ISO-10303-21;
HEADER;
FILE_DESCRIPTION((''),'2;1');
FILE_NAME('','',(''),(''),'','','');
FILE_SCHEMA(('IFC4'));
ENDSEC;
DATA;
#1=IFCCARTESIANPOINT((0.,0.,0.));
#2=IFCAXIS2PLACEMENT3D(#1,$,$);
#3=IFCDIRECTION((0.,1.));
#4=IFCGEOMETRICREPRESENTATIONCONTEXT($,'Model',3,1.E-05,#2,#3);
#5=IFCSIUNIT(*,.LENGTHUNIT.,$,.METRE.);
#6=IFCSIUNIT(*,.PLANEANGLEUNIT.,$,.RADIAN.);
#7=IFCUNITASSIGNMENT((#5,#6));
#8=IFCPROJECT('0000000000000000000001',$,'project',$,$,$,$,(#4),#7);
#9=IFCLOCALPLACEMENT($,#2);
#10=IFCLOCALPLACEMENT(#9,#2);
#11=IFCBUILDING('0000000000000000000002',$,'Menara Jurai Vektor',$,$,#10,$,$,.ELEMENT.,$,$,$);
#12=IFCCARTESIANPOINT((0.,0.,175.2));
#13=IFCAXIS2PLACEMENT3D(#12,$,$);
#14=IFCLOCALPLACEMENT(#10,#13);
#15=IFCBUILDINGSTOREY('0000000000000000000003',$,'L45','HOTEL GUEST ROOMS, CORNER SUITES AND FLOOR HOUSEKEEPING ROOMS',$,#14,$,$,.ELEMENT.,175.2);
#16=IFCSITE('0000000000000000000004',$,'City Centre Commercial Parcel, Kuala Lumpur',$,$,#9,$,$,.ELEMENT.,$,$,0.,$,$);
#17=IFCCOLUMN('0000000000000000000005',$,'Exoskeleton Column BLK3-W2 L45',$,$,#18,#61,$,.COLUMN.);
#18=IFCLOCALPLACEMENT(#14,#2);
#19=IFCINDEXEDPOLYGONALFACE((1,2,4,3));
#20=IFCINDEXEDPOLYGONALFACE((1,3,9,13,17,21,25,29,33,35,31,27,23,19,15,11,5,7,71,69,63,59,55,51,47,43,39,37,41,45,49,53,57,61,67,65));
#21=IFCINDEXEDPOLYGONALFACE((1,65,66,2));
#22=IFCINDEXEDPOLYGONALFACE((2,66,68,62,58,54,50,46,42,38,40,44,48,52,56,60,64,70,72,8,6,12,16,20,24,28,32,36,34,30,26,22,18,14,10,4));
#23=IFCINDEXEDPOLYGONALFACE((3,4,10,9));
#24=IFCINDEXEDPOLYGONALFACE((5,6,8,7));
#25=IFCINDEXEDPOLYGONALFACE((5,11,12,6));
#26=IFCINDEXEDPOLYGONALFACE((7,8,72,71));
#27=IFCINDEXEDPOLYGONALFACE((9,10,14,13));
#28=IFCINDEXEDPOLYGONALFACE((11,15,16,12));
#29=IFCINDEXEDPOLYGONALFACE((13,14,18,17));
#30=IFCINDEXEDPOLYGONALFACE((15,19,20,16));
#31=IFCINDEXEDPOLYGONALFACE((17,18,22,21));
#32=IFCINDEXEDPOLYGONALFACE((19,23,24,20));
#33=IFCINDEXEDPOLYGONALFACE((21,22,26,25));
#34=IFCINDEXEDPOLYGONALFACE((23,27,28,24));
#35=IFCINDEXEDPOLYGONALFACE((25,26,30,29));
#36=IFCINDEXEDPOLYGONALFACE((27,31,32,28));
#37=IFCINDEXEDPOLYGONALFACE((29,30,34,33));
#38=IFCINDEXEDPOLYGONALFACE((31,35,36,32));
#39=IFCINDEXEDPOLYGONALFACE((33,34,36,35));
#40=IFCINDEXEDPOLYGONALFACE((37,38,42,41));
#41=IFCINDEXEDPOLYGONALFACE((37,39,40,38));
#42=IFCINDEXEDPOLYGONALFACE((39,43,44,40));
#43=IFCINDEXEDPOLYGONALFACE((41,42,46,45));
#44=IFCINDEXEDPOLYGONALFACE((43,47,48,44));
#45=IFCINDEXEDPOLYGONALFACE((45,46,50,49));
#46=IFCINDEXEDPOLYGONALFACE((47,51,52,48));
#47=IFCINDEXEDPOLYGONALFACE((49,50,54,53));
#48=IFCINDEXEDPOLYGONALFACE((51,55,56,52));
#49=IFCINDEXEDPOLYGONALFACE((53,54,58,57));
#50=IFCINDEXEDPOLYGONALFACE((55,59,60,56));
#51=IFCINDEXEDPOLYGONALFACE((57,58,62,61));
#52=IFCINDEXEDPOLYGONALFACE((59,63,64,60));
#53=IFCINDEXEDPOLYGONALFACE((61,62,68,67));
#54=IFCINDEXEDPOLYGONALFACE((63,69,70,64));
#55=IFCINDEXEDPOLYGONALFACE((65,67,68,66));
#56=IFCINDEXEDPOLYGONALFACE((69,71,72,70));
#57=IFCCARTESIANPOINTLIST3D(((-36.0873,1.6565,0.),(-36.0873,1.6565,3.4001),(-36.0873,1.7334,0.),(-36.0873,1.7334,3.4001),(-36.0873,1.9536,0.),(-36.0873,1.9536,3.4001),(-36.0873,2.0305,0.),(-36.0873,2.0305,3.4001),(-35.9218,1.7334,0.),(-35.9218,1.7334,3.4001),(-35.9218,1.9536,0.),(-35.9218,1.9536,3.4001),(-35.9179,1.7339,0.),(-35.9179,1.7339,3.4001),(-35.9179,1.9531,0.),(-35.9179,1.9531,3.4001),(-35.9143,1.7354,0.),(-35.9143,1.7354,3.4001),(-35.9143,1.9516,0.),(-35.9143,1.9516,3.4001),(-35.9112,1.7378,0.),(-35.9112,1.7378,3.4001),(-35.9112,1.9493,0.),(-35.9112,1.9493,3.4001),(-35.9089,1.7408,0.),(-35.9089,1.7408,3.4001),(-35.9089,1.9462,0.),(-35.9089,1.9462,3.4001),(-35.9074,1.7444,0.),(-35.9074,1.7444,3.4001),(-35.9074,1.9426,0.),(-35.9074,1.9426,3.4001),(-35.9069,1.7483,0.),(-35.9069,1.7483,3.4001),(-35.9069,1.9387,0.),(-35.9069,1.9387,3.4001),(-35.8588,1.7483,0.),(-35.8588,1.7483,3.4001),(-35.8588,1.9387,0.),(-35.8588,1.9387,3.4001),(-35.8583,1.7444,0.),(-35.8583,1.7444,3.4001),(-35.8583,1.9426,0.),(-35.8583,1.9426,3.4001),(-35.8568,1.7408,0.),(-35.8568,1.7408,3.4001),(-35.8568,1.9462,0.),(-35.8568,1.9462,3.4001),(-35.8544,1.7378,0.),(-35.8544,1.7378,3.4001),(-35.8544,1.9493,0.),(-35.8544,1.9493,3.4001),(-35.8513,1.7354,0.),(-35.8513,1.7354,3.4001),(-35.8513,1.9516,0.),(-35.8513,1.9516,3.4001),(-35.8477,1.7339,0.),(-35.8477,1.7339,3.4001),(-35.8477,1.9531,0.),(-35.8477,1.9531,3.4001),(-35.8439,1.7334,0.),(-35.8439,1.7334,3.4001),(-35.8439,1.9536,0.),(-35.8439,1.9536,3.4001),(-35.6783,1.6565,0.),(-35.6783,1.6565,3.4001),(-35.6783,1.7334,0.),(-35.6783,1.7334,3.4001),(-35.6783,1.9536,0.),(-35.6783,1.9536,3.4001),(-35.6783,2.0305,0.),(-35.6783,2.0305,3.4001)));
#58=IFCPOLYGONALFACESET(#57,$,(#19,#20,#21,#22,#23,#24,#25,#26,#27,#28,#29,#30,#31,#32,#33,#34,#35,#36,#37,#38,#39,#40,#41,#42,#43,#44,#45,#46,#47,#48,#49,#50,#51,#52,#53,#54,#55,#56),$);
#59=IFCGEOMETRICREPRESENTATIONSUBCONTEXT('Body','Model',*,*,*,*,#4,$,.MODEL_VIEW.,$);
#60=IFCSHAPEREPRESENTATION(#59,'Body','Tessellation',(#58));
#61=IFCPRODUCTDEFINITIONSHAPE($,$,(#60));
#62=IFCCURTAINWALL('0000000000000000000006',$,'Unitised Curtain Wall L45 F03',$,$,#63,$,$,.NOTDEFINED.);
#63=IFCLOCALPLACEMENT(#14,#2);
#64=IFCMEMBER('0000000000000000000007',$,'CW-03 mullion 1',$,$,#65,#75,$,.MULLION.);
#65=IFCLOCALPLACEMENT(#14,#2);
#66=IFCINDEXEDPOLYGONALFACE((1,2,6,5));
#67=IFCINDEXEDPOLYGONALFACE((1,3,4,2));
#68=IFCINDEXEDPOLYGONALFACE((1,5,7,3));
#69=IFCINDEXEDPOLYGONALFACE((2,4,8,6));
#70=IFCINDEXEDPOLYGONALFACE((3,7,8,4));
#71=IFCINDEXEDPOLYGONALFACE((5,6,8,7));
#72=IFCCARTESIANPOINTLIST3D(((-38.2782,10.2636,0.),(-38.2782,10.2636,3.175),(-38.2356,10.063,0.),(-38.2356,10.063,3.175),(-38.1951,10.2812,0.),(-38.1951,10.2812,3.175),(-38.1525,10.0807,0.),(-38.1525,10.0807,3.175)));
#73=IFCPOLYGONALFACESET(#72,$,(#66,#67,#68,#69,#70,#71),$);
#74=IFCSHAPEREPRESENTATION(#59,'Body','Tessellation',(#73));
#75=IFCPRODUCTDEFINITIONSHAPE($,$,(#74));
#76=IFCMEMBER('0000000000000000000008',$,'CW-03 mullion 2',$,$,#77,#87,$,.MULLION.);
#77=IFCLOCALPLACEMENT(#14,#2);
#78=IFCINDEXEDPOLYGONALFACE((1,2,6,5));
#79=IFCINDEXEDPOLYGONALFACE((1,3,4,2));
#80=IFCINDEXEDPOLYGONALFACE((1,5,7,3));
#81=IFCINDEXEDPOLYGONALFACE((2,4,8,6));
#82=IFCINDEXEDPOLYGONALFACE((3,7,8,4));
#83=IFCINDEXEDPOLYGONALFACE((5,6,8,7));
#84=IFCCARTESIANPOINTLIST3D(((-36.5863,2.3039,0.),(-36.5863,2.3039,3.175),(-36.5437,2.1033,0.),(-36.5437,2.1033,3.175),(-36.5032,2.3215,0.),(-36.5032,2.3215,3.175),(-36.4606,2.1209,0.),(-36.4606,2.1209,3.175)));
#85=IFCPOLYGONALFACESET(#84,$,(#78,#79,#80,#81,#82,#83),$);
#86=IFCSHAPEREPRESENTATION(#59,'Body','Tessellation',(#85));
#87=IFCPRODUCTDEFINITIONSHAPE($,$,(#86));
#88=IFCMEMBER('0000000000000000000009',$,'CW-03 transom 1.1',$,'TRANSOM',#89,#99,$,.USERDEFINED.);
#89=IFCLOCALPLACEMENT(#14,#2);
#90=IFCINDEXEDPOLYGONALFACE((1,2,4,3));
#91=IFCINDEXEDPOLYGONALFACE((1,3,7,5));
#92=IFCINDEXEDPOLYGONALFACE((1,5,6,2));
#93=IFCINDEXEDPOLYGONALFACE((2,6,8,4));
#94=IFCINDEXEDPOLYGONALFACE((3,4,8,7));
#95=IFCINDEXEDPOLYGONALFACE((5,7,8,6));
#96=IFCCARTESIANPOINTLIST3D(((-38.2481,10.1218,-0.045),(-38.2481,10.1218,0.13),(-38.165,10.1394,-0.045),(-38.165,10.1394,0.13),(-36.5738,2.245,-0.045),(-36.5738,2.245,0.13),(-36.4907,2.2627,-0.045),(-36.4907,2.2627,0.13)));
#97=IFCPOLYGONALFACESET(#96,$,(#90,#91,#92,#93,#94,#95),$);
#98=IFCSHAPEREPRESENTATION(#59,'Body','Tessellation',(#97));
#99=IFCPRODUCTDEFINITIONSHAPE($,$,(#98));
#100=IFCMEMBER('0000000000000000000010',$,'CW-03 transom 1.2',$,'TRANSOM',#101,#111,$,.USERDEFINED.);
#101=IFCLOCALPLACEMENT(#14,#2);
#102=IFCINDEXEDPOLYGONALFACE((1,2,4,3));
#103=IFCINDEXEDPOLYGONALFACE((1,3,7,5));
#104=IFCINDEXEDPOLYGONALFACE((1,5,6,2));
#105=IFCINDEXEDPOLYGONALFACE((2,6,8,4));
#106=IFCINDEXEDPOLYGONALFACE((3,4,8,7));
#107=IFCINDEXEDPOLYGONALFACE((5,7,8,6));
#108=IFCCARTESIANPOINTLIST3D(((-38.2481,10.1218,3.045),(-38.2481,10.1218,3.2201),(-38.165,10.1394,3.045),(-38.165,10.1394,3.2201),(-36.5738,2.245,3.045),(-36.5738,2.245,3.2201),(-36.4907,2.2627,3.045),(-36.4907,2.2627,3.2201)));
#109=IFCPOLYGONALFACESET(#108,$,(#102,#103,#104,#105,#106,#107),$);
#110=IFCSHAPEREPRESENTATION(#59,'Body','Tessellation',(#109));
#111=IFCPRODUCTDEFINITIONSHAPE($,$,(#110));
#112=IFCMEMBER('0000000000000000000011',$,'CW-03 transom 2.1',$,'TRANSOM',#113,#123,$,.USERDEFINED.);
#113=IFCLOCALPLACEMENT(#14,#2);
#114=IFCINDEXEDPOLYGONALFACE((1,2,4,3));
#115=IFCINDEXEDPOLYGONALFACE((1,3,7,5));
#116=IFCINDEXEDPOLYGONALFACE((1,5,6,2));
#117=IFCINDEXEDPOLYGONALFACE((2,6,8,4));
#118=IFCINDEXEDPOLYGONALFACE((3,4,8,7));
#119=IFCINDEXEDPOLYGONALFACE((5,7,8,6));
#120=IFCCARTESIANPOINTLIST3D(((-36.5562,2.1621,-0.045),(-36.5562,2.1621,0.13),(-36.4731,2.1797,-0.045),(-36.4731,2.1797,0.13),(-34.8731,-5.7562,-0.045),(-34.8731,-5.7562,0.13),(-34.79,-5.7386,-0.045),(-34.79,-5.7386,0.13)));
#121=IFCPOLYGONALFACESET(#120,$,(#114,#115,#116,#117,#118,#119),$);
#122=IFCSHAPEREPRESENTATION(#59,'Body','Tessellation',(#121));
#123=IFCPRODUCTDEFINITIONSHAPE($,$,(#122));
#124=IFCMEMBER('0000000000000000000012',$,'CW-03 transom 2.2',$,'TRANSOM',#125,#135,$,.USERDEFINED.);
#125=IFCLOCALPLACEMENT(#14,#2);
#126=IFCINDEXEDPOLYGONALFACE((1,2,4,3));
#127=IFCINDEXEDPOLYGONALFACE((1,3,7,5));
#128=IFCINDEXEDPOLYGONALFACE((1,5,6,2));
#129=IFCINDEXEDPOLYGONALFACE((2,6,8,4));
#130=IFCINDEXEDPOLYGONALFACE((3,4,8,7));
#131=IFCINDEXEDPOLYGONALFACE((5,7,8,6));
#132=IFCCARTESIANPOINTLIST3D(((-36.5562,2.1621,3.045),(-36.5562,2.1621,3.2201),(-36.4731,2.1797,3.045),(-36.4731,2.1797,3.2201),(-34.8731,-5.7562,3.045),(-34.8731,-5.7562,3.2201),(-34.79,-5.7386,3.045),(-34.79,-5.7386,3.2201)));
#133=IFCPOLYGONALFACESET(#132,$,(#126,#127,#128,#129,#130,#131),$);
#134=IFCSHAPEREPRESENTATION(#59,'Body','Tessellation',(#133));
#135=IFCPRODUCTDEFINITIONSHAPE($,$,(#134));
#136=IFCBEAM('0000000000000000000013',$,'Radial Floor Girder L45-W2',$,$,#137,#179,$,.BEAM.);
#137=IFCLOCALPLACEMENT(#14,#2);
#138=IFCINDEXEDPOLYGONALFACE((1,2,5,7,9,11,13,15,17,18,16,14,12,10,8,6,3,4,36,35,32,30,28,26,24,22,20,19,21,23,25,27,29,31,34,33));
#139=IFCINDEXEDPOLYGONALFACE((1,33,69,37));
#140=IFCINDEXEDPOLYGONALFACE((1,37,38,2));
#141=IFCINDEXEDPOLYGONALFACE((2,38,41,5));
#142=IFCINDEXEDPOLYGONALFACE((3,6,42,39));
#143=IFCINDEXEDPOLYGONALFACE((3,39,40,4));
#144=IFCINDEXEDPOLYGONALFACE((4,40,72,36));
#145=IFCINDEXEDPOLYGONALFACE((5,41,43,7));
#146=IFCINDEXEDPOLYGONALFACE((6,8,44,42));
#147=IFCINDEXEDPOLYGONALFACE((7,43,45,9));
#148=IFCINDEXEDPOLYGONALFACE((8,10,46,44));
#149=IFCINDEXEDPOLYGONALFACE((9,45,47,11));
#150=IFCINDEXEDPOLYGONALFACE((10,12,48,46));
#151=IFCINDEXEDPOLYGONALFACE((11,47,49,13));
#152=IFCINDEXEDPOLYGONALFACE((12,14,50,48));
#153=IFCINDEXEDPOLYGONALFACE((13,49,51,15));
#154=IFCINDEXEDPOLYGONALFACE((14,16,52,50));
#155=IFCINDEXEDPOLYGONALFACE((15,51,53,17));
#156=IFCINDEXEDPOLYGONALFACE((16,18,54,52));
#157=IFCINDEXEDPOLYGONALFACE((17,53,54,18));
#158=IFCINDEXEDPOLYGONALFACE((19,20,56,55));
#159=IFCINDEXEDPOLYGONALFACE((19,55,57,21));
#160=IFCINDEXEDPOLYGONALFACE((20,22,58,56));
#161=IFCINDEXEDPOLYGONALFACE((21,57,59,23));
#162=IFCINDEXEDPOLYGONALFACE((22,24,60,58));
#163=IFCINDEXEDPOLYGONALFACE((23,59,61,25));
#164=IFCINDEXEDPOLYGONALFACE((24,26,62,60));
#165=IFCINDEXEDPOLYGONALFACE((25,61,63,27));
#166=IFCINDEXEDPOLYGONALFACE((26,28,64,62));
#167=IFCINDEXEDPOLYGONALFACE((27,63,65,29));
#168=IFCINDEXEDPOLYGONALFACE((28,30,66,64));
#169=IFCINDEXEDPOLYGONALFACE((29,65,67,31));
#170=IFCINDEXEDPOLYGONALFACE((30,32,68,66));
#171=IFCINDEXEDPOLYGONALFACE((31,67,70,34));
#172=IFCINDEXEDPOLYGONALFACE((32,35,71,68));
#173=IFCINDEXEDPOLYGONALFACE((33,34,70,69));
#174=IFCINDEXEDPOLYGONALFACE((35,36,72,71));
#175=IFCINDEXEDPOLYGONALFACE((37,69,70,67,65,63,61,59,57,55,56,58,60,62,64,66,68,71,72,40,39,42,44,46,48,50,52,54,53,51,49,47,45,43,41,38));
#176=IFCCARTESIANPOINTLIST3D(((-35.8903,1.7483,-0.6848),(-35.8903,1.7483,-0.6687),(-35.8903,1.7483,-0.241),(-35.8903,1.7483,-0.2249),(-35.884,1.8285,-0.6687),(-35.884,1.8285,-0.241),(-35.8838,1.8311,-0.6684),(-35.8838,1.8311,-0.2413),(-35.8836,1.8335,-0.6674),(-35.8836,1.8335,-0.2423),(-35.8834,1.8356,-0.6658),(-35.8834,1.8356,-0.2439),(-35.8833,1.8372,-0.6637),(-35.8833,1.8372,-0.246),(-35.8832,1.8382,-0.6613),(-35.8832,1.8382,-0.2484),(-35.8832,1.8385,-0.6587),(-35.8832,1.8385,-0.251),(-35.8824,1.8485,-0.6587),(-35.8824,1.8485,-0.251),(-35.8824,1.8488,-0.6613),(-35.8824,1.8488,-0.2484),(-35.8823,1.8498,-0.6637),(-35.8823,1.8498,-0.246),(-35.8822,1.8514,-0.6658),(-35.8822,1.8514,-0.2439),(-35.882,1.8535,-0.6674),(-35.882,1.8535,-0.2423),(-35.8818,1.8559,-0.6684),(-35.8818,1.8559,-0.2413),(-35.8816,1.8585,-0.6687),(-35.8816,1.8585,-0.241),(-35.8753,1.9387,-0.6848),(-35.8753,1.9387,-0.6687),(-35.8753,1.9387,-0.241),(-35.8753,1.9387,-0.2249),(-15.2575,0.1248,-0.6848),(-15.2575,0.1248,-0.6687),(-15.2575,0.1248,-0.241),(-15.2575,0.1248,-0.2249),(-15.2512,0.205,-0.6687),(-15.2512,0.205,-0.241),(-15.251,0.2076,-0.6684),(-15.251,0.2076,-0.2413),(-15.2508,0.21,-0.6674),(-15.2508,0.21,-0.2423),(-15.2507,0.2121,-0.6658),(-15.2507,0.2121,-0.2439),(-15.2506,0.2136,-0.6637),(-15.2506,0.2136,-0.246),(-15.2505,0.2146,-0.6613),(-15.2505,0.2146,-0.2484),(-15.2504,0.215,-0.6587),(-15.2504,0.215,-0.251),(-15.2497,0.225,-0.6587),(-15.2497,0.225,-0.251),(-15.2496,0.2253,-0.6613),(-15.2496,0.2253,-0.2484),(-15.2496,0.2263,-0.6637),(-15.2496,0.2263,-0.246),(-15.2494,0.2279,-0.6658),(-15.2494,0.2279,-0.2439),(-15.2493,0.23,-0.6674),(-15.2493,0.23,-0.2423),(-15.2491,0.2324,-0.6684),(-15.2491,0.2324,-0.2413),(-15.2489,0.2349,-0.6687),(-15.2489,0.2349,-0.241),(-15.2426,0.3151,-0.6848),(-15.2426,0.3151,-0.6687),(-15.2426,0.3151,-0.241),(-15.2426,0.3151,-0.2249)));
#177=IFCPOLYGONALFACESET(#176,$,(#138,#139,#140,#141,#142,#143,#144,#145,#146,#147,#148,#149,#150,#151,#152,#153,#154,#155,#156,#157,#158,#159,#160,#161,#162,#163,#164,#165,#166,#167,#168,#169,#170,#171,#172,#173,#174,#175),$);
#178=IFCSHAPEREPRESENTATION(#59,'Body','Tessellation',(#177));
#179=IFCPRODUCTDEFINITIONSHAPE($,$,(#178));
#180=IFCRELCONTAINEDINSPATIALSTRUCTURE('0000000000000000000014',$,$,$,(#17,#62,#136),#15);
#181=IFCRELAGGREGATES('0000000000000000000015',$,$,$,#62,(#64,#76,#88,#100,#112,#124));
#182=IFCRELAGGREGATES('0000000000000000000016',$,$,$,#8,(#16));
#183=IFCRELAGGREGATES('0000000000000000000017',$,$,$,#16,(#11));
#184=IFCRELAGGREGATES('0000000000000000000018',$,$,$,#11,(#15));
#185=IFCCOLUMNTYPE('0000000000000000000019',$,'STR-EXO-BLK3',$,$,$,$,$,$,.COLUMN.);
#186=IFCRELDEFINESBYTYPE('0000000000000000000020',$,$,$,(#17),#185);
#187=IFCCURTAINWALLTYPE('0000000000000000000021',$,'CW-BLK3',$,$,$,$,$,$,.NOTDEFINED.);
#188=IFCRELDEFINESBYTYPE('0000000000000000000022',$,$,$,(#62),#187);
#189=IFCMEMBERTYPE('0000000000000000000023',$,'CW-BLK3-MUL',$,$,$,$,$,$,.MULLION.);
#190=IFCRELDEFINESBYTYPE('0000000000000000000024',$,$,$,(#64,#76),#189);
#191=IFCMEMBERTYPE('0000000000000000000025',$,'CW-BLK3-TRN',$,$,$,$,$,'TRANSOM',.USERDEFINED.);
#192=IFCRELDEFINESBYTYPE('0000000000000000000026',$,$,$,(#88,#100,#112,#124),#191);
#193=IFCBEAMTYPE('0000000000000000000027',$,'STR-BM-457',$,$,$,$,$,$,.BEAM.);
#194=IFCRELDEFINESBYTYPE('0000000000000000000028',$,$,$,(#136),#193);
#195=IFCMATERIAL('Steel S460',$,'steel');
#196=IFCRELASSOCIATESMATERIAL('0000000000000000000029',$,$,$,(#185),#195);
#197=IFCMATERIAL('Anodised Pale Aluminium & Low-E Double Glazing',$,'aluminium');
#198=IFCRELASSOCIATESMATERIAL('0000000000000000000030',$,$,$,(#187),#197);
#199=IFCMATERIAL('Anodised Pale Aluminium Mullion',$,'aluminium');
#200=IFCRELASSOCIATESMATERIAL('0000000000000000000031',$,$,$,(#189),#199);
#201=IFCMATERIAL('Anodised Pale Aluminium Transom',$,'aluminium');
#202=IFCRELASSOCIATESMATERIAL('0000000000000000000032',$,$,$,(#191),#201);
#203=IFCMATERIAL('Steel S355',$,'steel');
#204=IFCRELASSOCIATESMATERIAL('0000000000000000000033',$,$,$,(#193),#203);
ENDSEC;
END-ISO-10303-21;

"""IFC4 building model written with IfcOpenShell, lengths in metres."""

from ifc_helpers import new_model, si_unit, direction, frame, origin, origin_2d, place, context, subcontext, project, spatial, rectangle, i_section, extrude, material, material_profile, profile_set, type_object, element, aggregate, save


model = new_model("IFC4")

# Units and contexts
model_context = context("Model", 3, precision=1e-05, world=origin(), true_north=direction((0.0, 1.0)))
body_context = subcontext(model_context, "Body", "Model", "MODEL_VIEW")
ifc_project = project(units=[si_unit("LENGTHUNIT", "METRE"), si_unit("PLANEANGLEUNIT", "RADIAN")], contexts=[model_context])

# Site, building, storey
site_placement = place(None, origin())
site = spatial("IfcSite", under=ifc_project, at=site_placement, Name="City Centre Commercial Parcel, Kuala Lumpur", CompositionType="ELEMENT", RefElevation=0.0)
building_placement = place(site_placement, origin())
building = spatial("IfcBuilding", under=site, at=building_placement, Name="Menara Jurai Vektor", CompositionType="ELEMENT")
storey_placement = place(building_placement, frame((0.0, 0.0, 175.2)))
storey = spatial("IfcBuildingStorey", under=building, at=storey_placement, Name="L45", Description="HOTEL GUEST ROOMS, CORNER SUITES AND FLOOR HOUSEKEEPING ROOMS", CompositionType="ELEMENT", Elevation=175.2)

# Column
ifc_material_1 = material(Name="Steel S460", Category="steel")
ifc_material_profile_1 = material_profile(ifc_material_1, i_section(OverallWidth=0.4089, OverallDepth=0.374, WebThickness=0.0481, FlangeThickness=0.0769, FilletRadius=0.0149, at=origin_2d()), Name="HD 400x634")
ifc_profile_set_1 = profile_set([ifc_material_profile_1], Name="Steel S460")
column_type = type_object("IfcColumnType", Name="STR-EXO-BLK3", PredefinedType="COLUMN", material=ifc_profile_set_1)
column_placement = place(storey_placement, frame((-35.8828, 1.8435, 0.0), z_axis=(0.0, 0.0, 1.0), x_axis=(1.0, 0.0, 0.0)))
element("IfcColumn", 1, at=column_placement, inside=storey, type_object=column_type, Name="Exoskeleton Column BLK3-W2 L45", PredefinedType="COLUMN", context=body_context, shape_type="SweptSolid", body=[
    extrude(i_section(OverallWidth=0.4089, OverallDepth=0.374, WebThickness=0.0481, FlangeThickness=0.0769, FilletRadius=0.0149, at=origin_2d()), origin(), (0.0, 0.0, 1.0), 3.4001),
])

# Curtain wall, members
ifc_material_2 = material(Name="Anodised Pale Aluminium & Low-E Double Glazing", Category="aluminium")
curtain_wall_type = type_object("IfcCurtainWallType", Name="CW-BLK3", PredefinedType="NOTDEFINED", material=ifc_material_2)
curtain_wall_placement = place(storey_placement, origin())
curtain_wall = element("IfcCurtainWall", 2, at=curtain_wall_placement, inside=storey, type_object=curtain_wall_type, Name="Unitised Curtain Wall L45 F03", PredefinedType="NOTDEFINED")
ifc_material_3 = material(Name="Anodised Pale Aluminium Mullion", Category="aluminium")
ifc_material_profile_2 = material_profile(ifc_material_3, rectangle(XDim=0.085, YDim=0.2051, at=origin_2d()), Name="ALU MUL 85x205")
ifc_profile_set_2 = profile_set([ifc_material_profile_2], Name="Anodised Pale Aluminium Mullion")
member_type_1 = type_object("IfcMemberType", Name="CW-BLK3-MUL", PredefinedType="MULLION", material=ifc_profile_set_2)
member_1_placement = place(storey_placement, frame((-38.2153, 10.1721, 0.0), z_axis=(0.0, 0.0, 1.0), x_axis=(0.978148, 0.20791, 0.0)))
member_1 = element("IfcMember", 3, at=member_1_placement, type_object=member_type_1, Name="CW-03 mullion 1", PredefinedType="MULLION", context=body_context, shape_type="SweptSolid", body=[
    extrude(rectangle(XDim=0.085, YDim=0.2051, at=origin_2d()), origin(), (0.0, 0.0, 1.0), 3.175),
])
member_2_placement = place(storey_placement, frame((-36.5234, 2.2124, 0.0), z_axis=(0.0, 0.0, 1.0), x_axis=(0.978148, 0.20791, 0.0)))
member_2 = element("IfcMember", 4, at=member_2_placement, type_object=member_type_1, Name="CW-03 mullion 2", PredefinedType="MULLION", context=body_context, shape_type="SweptSolid", body=[
    extrude(rectangle(XDim=0.085, YDim=0.2051, at=origin_2d()), origin(), (0.0, 0.0, 1.0), 3.175),
])
ifc_material_4 = material(Name="Anodised Pale Aluminium Transom", Category="aluminium")
ifc_material_profile_3 = material_profile(ifc_material_4, rectangle(XDim=0.085, YDim=0.175, at=origin_2d()), Name="ALU TRN 85x175")
ifc_profile_set_3 = profile_set([ifc_material_profile_3], Name="Anodised Pale Aluminium Transom")
member_type_2 = type_object("IfcMemberType", Name="CW-BLK3-TRN", ElementType="TRANSOM", PredefinedType="USERDEFINED", material=ifc_profile_set_3)
member_3_placement = place(storey_placement, frame((-38.2065, 10.1306, 0.0425), z_axis=(0.20792, -0.978146, 0.0), x_axis=(0.978146, 0.20792, 0.0)))
member_3 = element("IfcMember", 5, at=member_3_placement, type_object=member_type_2, Name="CW-03 transom 1.1", ObjectType="TRANSOM", PredefinedType="USERDEFINED", context=body_context, shape_type="SweptSolid", body=[
    extrude(rectangle(XDim=0.085, YDim=0.175, at=origin_2d()), origin(), (0.0, 0.0, 1.0), 8.0527),
])
member_4_placement = place(storey_placement, frame((-38.2065, 10.1306, 3.1326), z_axis=(0.20792, -0.978146, 0.0), x_axis=(0.978146, 0.20792, 0.0)))
member_4 = element("IfcMember", 6, at=member_4_placement, type_object=member_type_2, Name="CW-03 transom 1.2", ObjectType="TRANSOM", PredefinedType="USERDEFINED", context=body_context, shape_type="SweptSolid", body=[
    extrude(rectangle(XDim=0.085, YDim=0.175, at=origin_2d()), origin(), (0.0, 0.0, 1.0), 8.0527),
])
member_5_placement = place(storey_placement, frame((-36.5146, 2.1709, 0.0425), z_axis=(0.207916, -0.978147, 0.0), x_axis=(0.978147, 0.207916, 0.0)))
member_5 = element("IfcMember", 7, at=member_5_placement, type_object=member_type_2, Name="CW-03 transom 2.1", ObjectType="TRANSOM", PredefinedType="USERDEFINED", context=body_context, shape_type="SweptSolid", body=[
    extrude(rectangle(XDim=0.085, YDim=0.175, at=origin_2d()), origin(), (0.0, 0.0, 1.0), 8.0952),
])
member_6_placement = place(storey_placement, frame((-36.5146, 2.1709, 3.1326), z_axis=(0.207916, -0.978147, 0.0), x_axis=(0.978147, 0.207916, 0.0)))
member_6 = element("IfcMember", 8, at=member_6_placement, type_object=member_type_2, Name="CW-03 transom 2.2", ObjectType="TRANSOM", PredefinedType="USERDEFINED", context=body_context, shape_type="SweptSolid", body=[
    extrude(rectangle(XDim=0.085, YDim=0.175, at=origin_2d()), origin(), (0.0, 0.0, 1.0), 8.0952),
])

# Beam
ifc_material_5 = material(Name="Steel S355", Category="steel")
ifc_material_profile_4 = material_profile(ifc_material_5, i_section(OverallWidth=0.1909, OverallDepth=0.46, WebThickness=0.01, FlangeThickness=0.0161, FilletRadius=0.01, at=origin_2d()), Name="UKB 457x191x82")
ifc_profile_set_4 = profile_set([ifc_material_profile_4], Name="Steel S355")
beam_type_1 = type_object("IfcBeamType", Name="STR-BM-457", PredefinedType="BEAM", material=ifc_profile_set_4)
beam_1_placement = place(storey_placement, frame((-35.8828, 1.8435, -0.4548), z_axis=(0.996918, -0.078445, 0.0), x_axis=(0.078445, 0.996918, 0.0)))
element("IfcBeam", 9, at=beam_1_placement, inside=storey, type_object=beam_type_1, Name="Radial Floor Girder L45-W2", PredefinedType="BEAM", context=body_context, shape_type="SweptSolid", body=[
    extrude(i_section(OverallWidth=0.1909, OverallDepth=0.46, WebThickness=0.01, FlangeThickness=0.0161, FilletRadius=0.01, at=origin_2d()), origin(), (0.0, 0.0, 1.0), 20.6965),
])

aggregate(curtain_wall, [member_1, member_2, member_3, member_4, member_5, member_6])

save(model, "model.ifc")
